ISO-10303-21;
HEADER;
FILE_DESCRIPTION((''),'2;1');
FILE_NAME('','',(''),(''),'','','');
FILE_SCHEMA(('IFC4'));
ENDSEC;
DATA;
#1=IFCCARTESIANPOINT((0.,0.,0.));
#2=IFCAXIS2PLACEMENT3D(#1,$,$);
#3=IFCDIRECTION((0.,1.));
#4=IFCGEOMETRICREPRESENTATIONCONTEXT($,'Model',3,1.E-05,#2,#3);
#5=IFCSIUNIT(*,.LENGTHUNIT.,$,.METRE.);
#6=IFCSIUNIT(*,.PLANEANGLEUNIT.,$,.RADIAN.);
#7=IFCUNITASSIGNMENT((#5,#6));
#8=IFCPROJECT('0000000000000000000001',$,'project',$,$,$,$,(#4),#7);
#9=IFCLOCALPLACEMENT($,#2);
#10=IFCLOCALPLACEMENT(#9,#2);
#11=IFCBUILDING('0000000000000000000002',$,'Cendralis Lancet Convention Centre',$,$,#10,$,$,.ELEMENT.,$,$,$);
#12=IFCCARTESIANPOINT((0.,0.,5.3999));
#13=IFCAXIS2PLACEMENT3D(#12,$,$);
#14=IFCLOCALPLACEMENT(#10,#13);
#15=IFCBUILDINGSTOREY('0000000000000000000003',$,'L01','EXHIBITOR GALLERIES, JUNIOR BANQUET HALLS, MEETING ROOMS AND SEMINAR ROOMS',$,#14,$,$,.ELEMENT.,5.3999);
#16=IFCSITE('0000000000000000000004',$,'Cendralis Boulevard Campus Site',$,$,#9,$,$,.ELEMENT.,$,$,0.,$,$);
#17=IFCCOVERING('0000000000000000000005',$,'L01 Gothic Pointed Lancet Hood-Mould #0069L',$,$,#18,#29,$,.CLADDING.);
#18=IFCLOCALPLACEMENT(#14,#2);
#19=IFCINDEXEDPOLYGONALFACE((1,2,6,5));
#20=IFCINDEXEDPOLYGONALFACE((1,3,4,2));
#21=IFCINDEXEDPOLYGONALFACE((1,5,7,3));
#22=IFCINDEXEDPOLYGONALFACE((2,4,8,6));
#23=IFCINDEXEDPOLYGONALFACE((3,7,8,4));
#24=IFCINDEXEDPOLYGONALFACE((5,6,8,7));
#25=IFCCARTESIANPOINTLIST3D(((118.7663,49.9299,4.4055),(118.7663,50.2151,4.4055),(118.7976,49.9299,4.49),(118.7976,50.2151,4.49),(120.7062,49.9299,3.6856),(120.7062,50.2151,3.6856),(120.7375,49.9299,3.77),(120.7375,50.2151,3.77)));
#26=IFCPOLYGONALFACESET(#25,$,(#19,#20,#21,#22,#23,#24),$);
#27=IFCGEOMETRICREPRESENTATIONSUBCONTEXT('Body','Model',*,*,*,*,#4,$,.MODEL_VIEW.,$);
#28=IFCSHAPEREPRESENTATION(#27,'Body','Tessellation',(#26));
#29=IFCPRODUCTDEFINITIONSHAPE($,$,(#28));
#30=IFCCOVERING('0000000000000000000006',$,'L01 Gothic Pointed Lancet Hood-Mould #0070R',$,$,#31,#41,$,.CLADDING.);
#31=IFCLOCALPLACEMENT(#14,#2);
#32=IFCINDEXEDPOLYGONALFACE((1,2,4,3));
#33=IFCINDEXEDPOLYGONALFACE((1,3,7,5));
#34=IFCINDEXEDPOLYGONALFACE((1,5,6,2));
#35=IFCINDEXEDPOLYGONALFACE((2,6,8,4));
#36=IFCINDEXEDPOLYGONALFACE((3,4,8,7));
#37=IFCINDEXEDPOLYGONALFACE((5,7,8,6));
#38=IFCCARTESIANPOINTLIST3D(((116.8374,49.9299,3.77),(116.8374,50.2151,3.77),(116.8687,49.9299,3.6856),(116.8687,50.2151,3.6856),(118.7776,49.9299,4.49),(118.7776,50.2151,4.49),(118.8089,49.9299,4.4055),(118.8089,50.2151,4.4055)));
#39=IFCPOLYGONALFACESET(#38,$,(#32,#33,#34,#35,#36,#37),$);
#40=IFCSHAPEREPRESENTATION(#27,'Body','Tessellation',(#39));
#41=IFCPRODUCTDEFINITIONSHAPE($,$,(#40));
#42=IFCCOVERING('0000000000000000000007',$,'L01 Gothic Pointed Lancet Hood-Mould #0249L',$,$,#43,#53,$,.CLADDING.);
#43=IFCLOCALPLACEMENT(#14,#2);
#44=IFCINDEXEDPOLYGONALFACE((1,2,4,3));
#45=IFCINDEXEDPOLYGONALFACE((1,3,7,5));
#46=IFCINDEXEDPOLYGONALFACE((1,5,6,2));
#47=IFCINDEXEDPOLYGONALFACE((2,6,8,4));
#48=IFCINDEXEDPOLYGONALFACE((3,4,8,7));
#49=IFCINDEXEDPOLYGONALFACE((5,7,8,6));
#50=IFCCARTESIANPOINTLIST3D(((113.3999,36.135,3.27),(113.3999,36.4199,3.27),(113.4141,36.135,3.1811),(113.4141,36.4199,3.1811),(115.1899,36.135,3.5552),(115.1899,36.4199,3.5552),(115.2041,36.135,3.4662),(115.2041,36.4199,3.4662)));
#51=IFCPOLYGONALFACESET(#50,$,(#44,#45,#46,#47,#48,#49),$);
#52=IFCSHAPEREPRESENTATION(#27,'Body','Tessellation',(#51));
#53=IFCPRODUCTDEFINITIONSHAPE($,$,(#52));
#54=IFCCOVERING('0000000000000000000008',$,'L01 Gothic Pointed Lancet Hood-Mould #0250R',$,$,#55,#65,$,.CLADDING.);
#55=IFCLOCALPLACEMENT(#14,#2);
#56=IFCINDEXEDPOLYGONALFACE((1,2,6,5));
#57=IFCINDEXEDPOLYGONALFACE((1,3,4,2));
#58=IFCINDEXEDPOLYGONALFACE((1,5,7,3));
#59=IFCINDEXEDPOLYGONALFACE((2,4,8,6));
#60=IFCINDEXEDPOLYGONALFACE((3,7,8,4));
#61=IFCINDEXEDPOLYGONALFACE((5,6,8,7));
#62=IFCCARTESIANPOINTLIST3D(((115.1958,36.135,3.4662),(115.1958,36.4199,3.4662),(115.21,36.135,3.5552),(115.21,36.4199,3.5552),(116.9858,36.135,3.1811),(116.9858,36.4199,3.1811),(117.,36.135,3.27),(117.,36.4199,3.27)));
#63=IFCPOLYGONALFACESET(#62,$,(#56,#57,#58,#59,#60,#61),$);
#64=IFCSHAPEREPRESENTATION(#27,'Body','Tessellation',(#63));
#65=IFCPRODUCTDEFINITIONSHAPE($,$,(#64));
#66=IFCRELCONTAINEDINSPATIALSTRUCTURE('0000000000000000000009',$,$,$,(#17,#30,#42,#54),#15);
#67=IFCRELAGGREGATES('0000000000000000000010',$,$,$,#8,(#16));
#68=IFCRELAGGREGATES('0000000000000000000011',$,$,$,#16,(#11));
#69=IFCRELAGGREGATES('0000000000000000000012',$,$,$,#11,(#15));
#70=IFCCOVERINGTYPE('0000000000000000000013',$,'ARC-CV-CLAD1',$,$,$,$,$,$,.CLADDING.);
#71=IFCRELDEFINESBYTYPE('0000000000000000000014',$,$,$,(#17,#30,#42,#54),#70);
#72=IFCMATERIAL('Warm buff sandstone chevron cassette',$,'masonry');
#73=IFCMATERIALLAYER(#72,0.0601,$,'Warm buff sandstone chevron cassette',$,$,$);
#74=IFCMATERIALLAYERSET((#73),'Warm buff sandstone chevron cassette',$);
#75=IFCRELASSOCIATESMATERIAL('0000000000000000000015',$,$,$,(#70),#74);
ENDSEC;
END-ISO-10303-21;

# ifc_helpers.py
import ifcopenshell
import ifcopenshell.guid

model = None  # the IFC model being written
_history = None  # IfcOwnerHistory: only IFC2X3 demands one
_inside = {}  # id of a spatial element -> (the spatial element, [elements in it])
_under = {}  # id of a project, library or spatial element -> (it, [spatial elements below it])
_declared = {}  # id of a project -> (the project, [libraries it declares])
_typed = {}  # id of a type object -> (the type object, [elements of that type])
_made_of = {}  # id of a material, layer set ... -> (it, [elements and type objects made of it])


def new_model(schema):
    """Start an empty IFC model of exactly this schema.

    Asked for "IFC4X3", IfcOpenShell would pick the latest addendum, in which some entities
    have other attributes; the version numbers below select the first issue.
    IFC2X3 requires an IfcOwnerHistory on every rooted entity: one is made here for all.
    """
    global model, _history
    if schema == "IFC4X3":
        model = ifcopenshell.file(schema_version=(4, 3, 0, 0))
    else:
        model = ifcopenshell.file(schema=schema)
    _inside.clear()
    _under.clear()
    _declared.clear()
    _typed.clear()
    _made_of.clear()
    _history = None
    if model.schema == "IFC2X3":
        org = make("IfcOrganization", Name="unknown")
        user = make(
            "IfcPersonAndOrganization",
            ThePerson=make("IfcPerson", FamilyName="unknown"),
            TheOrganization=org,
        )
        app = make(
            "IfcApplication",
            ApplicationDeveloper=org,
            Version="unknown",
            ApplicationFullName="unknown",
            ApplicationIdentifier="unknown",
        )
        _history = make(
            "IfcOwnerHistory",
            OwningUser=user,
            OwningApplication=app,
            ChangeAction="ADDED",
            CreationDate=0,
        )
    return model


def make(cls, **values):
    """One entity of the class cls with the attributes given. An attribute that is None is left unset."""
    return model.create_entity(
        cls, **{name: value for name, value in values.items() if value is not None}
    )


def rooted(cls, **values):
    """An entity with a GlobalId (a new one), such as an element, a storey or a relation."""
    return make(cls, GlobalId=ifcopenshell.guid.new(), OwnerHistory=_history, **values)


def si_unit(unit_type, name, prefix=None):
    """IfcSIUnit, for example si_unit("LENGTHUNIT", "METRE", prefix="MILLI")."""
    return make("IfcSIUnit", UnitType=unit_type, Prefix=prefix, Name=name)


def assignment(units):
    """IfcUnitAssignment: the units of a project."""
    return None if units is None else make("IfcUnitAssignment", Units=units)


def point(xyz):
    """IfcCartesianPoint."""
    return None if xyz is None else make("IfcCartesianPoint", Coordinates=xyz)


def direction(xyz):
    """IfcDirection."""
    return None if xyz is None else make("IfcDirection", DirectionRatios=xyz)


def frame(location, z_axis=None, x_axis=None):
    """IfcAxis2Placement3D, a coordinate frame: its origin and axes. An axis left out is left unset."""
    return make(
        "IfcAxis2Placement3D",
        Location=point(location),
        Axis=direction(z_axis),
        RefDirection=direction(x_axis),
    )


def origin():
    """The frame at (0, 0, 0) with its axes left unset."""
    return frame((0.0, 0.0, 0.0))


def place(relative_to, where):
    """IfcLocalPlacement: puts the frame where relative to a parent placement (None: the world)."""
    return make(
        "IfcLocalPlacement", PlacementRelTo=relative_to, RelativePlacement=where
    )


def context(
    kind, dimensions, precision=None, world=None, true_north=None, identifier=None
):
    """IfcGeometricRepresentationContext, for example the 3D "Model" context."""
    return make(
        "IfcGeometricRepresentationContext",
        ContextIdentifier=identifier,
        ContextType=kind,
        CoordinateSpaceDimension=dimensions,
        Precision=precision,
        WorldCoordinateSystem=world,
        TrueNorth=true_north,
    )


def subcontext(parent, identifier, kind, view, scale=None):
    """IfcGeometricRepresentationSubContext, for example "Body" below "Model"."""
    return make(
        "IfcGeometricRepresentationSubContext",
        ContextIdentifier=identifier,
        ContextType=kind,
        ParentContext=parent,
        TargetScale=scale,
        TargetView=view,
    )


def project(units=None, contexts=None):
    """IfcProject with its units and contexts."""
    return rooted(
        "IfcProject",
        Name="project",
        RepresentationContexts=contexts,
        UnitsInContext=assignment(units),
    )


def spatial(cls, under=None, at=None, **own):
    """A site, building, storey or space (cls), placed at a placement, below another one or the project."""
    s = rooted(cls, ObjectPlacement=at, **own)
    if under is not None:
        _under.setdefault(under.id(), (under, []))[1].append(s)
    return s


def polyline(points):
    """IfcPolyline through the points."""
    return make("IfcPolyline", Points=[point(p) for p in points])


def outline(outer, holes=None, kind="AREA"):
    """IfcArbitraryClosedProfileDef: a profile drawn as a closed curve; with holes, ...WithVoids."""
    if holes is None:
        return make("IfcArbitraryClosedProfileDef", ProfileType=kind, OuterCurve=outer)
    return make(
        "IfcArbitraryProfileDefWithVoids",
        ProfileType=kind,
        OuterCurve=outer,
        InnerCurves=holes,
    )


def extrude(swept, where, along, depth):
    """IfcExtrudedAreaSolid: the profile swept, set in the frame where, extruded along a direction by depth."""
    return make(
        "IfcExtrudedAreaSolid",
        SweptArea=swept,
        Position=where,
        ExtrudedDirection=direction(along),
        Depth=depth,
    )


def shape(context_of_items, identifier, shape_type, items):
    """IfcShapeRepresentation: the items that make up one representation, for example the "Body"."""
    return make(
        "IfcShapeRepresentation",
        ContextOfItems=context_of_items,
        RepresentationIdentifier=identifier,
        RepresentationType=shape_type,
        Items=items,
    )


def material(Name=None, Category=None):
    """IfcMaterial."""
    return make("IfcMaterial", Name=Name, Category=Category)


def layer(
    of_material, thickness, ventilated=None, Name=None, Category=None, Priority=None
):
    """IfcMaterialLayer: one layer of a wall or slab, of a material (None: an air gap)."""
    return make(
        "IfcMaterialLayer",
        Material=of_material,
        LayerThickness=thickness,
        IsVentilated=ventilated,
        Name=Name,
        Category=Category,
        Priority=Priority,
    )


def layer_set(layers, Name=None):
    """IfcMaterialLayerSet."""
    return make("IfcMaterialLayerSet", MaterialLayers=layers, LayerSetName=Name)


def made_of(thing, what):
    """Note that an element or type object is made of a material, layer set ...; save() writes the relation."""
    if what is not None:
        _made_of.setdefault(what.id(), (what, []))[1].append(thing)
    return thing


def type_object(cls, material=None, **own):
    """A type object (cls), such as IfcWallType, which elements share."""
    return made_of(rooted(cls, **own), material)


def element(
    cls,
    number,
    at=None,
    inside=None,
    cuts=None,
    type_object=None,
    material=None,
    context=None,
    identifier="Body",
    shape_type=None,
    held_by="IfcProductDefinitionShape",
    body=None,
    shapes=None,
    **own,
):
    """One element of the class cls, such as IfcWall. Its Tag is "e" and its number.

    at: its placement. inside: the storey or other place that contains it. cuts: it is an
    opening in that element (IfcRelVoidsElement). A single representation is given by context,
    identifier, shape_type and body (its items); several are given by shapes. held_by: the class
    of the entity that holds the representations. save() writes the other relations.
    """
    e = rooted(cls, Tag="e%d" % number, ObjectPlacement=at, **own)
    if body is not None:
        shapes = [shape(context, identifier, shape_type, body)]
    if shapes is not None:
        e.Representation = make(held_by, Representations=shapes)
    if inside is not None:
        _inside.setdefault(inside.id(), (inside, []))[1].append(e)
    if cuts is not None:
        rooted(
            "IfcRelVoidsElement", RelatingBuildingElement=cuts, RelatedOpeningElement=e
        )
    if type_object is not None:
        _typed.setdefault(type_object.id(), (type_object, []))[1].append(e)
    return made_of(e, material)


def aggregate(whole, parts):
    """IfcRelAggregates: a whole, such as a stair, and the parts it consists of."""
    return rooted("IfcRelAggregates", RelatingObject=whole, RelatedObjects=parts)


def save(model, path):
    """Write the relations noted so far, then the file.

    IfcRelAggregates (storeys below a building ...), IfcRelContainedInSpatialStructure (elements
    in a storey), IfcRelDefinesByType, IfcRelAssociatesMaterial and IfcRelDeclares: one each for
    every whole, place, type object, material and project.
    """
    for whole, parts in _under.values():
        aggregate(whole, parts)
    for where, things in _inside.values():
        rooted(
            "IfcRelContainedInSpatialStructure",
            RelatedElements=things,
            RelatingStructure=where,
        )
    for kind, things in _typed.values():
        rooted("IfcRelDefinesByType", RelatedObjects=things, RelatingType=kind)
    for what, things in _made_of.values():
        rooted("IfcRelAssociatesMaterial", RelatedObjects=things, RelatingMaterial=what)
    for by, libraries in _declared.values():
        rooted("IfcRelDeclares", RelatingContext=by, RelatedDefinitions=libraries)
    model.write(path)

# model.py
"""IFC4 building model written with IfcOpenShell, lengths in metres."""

from ifc_helpers import new_model, si_unit, direction, frame, origin, place, context, subcontext, project, spatial, polyline, outline, extrude, material, layer, layer_set, type_object, element, save


model = new_model("IFC4")

# Units and contexts
model_context = context("Model", 3, precision=1e-05, world=origin(), true_north=direction((0.0, 1.0)))
body_context = subcontext(model_context, "Body", "Model", "MODEL_VIEW")
ifc_project = project(units=[si_unit("LENGTHUNIT", "METRE"), si_unit("PLANEANGLEUNIT", "RADIAN")], contexts=[model_context])

# Site, building, storey
site_placement = place(None, origin())
site = spatial("IfcSite", under=ifc_project, at=site_placement, Name="Cendralis Boulevard Campus Site", CompositionType="ELEMENT", RefElevation=0.0)
building_placement = place(site_placement, origin())
building = spatial("IfcBuilding", under=site, at=building_placement, Name="Cendralis Lancet Convention Centre", CompositionType="ELEMENT")
storey_placement = place(building_placement, frame((0.0, 0.0, 5.3999)))
storey = spatial("IfcBuildingStorey", under=building, at=storey_placement, Name="L01", Description="EXHIBITOR GALLERIES, JUNIOR BANQUET HALLS, MEETING ROOMS AND SEMINAR ROOMS", CompositionType="ELEMENT", Elevation=5.3999)

# Coverings
ifc_material_1 = material(Name="Warm buff sandstone chevron cassette", Category="masonry")
ifc_layer_1 = layer(ifc_material_1, 0.0601, Name="Warm buff sandstone chevron cassette")
ifc_layer_set_1 = layer_set([ifc_layer_1], Name="Warm buff sandstone chevron cassette")
covering_type = type_object("IfcCoveringType", Name="ARC-CV-CLAD1", PredefinedType="CLADDING", material=ifc_layer_set_1)
covering_1_placement = place(storey_placement, frame((120.7375, 49.9299, 3.77), z_axis=(0.347941, 0.0, 0.937517), x_axis=(0.0, 1.0, 0.0)))
element("IfcCovering", 1, at=covering_1_placement, inside=storey, type_object=covering_type, Name="L01 Gothic Pointed Lancet Hood-Mould #0069L", PredefinedType="CLADDING", context=body_context, shape_type="SweptSolid", body=[
    extrude(outline(polyline([(0.0, 0.0), (0.2852, 0.0), (0.2852, 2.0692), (0.0, 2.0692), (0.0, 0.0)])), origin(), (0.0, 0.0, -1.0), 0.0901),
])
covering_2_placement = place(storey_placement, frame((118.7776, 49.9299, 4.49), z_axis=(-0.347902, 0.0, 0.937531), x_axis=(0.0, 1.0, 0.0)))
element("IfcCovering", 2, at=covering_2_placement, inside=storey, type_object=covering_type, Name="L01 Gothic Pointed Lancet Hood-Mould #0070R", PredefinedType="CLADDING", context=body_context, shape_type="SweptSolid", body=[
    extrude(outline(polyline([(0.0, 0.0), (0.2852, 0.0), (0.2852, 2.0695), (0.0, 2.0695), (0.0, 0.0)])), origin(), (0.0, 0.0, -1.0), 0.0901),
])
for number, where, z_axis, x_axis, name in (
    (3, (113.3999, 36.4199, 3.27), (-0.157318, 0.0, 0.987548), (0.0, -1.0, 0.0), "L01 Gothic Pointed Lancet Hood-Mould #0249L"),
    (4, (115.21, 36.4199, 3.5552), (0.157318, 0.0, 0.987548), (0.0, -1.0, 0.0), "L01 Gothic Pointed Lancet Hood-Mould #0250R"),
):
    element("IfcCovering", number, at=place(storey_placement, frame(where, z_axis=z_axis, x_axis=x_axis)), inside=storey, type_object=covering_type, Name=name, PredefinedType="CLADDING", context=body_context, shape_type="SweptSolid", body=[
        extrude(outline(polyline([(0.0, 0.0), (0.2849, 0.0), (0.2849, 1.8126), (0.0, 1.8126), (0.0, 0.0)])), origin(), (0.0, 0.0, -1.0), 0.0901),
    ])

save(model, "model.ifc")
